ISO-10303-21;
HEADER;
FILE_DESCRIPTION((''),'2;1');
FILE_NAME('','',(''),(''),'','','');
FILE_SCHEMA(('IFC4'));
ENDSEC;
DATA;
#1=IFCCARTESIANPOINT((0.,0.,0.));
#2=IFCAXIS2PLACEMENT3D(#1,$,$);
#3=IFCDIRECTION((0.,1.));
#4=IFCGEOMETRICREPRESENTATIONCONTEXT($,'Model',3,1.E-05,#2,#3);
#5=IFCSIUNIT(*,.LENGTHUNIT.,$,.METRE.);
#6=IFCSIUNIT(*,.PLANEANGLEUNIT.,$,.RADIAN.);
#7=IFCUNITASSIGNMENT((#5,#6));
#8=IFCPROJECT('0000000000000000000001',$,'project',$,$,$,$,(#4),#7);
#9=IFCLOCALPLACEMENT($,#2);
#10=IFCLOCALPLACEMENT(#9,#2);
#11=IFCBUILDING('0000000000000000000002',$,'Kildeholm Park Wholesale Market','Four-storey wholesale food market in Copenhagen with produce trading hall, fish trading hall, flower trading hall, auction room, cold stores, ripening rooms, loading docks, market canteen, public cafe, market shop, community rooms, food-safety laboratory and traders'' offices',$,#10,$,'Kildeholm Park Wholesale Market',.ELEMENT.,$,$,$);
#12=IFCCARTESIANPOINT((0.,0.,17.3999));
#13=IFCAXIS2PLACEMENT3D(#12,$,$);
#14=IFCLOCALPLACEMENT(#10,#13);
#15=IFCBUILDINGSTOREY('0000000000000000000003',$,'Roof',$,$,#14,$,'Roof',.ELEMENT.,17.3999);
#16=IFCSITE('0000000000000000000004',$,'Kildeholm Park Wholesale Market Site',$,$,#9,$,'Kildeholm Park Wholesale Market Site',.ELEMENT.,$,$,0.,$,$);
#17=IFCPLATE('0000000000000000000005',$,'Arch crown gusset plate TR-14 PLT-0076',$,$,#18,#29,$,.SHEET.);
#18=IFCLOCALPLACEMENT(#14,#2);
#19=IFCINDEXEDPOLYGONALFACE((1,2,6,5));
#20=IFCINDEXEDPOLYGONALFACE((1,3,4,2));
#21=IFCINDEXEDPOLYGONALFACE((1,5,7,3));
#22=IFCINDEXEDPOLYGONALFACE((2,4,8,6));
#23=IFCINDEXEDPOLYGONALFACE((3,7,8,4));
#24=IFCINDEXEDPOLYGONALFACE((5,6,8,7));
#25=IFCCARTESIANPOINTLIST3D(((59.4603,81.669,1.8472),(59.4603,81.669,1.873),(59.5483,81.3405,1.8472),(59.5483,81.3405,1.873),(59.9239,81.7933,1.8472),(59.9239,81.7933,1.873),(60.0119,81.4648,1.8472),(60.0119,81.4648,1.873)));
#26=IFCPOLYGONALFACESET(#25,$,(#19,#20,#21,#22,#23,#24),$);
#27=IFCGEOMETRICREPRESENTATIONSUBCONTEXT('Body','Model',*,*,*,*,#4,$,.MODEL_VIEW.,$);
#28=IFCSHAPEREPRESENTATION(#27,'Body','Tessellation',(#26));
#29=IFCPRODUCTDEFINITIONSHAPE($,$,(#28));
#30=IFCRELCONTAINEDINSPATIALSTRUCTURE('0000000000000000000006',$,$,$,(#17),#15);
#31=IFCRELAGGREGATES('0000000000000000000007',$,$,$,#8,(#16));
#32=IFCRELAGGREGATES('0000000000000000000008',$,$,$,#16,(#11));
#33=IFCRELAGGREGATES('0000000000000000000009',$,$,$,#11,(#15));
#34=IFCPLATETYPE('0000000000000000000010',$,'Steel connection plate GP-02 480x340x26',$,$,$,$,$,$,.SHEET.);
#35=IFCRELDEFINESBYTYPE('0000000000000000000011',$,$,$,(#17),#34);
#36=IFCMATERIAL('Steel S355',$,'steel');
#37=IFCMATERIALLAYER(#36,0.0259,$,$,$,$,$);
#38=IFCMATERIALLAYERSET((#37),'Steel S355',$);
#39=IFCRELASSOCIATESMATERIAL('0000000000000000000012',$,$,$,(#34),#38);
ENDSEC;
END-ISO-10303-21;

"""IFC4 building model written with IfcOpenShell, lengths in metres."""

from ifc_helpers import new_model, si_unit, direction, frame, origin, origin_2d, place, context, subcontext, project, spatial, rectangle, extrude, material, layer, layer_set, type_object, element, save


model = new_model("IFC4")

# Units and contexts
model_context = context("Model", 3, precision=1e-05, world=origin(), true_north=direction((0.0, 1.0)))
body_context = subcontext(model_context, "Body", "Model", "MODEL_VIEW")
ifc_project = project(units=[si_unit("LENGTHUNIT", "METRE"), si_unit("PLANEANGLEUNIT", "RADIAN")], contexts=[model_context])

# Site, building, storey
site_placement = place(None, origin())
site = spatial("IfcSite", under=ifc_project, at=site_placement, Name="Kildeholm Park Wholesale Market Site", LongName="Kildeholm Park Wholesale Market Site", CompositionType="ELEMENT", RefElevation=0.0)
building_placement = place(site_placement, origin())
building = spatial("IfcBuilding", under=site, at=building_placement, Name="Kildeholm Park Wholesale Market", Description="Four-storey wholesale food market in Copenhagen with produce trading hall, fish trading hall, flower trading hall, auction room, cold stores, ripening rooms, loading docks, market canteen, public cafe, market shop, community rooms, food-safety laboratory and traders' offices", LongName="Kildeholm Park Wholesale Market", CompositionType="ELEMENT")
storey_placement = place(building_placement, frame((0.0, 0.0, 17.3999)))
storey = spatial("IfcBuildingStorey", under=building, at=storey_placement, Name="Roof", LongName="Roof", CompositionType="ELEMENT", Elevation=17.3999)

# Shared definitions
ifc_material_1 = material(Name="Steel S355", Category="steel")

# Plate
ifc_layer_1 = layer(ifc_material_1, 0.0259)
ifc_layer_set_1 = layer_set([ifc_layer_1], Name="Steel S355")
plate_type_1 = type_object("IfcPlateType", Name="Steel connection plate GP-02 480x340x26", PredefinedType="SHEET", material=ifc_layer_set_1)
for number, where, z_axis, x_axis, name in (
    (1, (59.7361, 81.5669, 1.8472), (0.0, 0.0, 1.0), (-0.965926, -0.258819, 0.0), "Arch crown gusset plate TR-14 PLT-0076"),
):
    element("IfcPlate", number, at=place(storey_placement, frame(where, z_axis=z_axis, x_axis=x_axis)), inside=storey, type_object=plate_type_1, Name=name, PredefinedType="SHEET", context=body_context, shape_type="SweptSolid", body=[
        extrude(rectangle(XDim=0.48, YDim=0.3401, at=origin_2d()), origin(), (0.0, 0.0, 1.0), 0.0259),
    ])

save(model, "model.ifc")
